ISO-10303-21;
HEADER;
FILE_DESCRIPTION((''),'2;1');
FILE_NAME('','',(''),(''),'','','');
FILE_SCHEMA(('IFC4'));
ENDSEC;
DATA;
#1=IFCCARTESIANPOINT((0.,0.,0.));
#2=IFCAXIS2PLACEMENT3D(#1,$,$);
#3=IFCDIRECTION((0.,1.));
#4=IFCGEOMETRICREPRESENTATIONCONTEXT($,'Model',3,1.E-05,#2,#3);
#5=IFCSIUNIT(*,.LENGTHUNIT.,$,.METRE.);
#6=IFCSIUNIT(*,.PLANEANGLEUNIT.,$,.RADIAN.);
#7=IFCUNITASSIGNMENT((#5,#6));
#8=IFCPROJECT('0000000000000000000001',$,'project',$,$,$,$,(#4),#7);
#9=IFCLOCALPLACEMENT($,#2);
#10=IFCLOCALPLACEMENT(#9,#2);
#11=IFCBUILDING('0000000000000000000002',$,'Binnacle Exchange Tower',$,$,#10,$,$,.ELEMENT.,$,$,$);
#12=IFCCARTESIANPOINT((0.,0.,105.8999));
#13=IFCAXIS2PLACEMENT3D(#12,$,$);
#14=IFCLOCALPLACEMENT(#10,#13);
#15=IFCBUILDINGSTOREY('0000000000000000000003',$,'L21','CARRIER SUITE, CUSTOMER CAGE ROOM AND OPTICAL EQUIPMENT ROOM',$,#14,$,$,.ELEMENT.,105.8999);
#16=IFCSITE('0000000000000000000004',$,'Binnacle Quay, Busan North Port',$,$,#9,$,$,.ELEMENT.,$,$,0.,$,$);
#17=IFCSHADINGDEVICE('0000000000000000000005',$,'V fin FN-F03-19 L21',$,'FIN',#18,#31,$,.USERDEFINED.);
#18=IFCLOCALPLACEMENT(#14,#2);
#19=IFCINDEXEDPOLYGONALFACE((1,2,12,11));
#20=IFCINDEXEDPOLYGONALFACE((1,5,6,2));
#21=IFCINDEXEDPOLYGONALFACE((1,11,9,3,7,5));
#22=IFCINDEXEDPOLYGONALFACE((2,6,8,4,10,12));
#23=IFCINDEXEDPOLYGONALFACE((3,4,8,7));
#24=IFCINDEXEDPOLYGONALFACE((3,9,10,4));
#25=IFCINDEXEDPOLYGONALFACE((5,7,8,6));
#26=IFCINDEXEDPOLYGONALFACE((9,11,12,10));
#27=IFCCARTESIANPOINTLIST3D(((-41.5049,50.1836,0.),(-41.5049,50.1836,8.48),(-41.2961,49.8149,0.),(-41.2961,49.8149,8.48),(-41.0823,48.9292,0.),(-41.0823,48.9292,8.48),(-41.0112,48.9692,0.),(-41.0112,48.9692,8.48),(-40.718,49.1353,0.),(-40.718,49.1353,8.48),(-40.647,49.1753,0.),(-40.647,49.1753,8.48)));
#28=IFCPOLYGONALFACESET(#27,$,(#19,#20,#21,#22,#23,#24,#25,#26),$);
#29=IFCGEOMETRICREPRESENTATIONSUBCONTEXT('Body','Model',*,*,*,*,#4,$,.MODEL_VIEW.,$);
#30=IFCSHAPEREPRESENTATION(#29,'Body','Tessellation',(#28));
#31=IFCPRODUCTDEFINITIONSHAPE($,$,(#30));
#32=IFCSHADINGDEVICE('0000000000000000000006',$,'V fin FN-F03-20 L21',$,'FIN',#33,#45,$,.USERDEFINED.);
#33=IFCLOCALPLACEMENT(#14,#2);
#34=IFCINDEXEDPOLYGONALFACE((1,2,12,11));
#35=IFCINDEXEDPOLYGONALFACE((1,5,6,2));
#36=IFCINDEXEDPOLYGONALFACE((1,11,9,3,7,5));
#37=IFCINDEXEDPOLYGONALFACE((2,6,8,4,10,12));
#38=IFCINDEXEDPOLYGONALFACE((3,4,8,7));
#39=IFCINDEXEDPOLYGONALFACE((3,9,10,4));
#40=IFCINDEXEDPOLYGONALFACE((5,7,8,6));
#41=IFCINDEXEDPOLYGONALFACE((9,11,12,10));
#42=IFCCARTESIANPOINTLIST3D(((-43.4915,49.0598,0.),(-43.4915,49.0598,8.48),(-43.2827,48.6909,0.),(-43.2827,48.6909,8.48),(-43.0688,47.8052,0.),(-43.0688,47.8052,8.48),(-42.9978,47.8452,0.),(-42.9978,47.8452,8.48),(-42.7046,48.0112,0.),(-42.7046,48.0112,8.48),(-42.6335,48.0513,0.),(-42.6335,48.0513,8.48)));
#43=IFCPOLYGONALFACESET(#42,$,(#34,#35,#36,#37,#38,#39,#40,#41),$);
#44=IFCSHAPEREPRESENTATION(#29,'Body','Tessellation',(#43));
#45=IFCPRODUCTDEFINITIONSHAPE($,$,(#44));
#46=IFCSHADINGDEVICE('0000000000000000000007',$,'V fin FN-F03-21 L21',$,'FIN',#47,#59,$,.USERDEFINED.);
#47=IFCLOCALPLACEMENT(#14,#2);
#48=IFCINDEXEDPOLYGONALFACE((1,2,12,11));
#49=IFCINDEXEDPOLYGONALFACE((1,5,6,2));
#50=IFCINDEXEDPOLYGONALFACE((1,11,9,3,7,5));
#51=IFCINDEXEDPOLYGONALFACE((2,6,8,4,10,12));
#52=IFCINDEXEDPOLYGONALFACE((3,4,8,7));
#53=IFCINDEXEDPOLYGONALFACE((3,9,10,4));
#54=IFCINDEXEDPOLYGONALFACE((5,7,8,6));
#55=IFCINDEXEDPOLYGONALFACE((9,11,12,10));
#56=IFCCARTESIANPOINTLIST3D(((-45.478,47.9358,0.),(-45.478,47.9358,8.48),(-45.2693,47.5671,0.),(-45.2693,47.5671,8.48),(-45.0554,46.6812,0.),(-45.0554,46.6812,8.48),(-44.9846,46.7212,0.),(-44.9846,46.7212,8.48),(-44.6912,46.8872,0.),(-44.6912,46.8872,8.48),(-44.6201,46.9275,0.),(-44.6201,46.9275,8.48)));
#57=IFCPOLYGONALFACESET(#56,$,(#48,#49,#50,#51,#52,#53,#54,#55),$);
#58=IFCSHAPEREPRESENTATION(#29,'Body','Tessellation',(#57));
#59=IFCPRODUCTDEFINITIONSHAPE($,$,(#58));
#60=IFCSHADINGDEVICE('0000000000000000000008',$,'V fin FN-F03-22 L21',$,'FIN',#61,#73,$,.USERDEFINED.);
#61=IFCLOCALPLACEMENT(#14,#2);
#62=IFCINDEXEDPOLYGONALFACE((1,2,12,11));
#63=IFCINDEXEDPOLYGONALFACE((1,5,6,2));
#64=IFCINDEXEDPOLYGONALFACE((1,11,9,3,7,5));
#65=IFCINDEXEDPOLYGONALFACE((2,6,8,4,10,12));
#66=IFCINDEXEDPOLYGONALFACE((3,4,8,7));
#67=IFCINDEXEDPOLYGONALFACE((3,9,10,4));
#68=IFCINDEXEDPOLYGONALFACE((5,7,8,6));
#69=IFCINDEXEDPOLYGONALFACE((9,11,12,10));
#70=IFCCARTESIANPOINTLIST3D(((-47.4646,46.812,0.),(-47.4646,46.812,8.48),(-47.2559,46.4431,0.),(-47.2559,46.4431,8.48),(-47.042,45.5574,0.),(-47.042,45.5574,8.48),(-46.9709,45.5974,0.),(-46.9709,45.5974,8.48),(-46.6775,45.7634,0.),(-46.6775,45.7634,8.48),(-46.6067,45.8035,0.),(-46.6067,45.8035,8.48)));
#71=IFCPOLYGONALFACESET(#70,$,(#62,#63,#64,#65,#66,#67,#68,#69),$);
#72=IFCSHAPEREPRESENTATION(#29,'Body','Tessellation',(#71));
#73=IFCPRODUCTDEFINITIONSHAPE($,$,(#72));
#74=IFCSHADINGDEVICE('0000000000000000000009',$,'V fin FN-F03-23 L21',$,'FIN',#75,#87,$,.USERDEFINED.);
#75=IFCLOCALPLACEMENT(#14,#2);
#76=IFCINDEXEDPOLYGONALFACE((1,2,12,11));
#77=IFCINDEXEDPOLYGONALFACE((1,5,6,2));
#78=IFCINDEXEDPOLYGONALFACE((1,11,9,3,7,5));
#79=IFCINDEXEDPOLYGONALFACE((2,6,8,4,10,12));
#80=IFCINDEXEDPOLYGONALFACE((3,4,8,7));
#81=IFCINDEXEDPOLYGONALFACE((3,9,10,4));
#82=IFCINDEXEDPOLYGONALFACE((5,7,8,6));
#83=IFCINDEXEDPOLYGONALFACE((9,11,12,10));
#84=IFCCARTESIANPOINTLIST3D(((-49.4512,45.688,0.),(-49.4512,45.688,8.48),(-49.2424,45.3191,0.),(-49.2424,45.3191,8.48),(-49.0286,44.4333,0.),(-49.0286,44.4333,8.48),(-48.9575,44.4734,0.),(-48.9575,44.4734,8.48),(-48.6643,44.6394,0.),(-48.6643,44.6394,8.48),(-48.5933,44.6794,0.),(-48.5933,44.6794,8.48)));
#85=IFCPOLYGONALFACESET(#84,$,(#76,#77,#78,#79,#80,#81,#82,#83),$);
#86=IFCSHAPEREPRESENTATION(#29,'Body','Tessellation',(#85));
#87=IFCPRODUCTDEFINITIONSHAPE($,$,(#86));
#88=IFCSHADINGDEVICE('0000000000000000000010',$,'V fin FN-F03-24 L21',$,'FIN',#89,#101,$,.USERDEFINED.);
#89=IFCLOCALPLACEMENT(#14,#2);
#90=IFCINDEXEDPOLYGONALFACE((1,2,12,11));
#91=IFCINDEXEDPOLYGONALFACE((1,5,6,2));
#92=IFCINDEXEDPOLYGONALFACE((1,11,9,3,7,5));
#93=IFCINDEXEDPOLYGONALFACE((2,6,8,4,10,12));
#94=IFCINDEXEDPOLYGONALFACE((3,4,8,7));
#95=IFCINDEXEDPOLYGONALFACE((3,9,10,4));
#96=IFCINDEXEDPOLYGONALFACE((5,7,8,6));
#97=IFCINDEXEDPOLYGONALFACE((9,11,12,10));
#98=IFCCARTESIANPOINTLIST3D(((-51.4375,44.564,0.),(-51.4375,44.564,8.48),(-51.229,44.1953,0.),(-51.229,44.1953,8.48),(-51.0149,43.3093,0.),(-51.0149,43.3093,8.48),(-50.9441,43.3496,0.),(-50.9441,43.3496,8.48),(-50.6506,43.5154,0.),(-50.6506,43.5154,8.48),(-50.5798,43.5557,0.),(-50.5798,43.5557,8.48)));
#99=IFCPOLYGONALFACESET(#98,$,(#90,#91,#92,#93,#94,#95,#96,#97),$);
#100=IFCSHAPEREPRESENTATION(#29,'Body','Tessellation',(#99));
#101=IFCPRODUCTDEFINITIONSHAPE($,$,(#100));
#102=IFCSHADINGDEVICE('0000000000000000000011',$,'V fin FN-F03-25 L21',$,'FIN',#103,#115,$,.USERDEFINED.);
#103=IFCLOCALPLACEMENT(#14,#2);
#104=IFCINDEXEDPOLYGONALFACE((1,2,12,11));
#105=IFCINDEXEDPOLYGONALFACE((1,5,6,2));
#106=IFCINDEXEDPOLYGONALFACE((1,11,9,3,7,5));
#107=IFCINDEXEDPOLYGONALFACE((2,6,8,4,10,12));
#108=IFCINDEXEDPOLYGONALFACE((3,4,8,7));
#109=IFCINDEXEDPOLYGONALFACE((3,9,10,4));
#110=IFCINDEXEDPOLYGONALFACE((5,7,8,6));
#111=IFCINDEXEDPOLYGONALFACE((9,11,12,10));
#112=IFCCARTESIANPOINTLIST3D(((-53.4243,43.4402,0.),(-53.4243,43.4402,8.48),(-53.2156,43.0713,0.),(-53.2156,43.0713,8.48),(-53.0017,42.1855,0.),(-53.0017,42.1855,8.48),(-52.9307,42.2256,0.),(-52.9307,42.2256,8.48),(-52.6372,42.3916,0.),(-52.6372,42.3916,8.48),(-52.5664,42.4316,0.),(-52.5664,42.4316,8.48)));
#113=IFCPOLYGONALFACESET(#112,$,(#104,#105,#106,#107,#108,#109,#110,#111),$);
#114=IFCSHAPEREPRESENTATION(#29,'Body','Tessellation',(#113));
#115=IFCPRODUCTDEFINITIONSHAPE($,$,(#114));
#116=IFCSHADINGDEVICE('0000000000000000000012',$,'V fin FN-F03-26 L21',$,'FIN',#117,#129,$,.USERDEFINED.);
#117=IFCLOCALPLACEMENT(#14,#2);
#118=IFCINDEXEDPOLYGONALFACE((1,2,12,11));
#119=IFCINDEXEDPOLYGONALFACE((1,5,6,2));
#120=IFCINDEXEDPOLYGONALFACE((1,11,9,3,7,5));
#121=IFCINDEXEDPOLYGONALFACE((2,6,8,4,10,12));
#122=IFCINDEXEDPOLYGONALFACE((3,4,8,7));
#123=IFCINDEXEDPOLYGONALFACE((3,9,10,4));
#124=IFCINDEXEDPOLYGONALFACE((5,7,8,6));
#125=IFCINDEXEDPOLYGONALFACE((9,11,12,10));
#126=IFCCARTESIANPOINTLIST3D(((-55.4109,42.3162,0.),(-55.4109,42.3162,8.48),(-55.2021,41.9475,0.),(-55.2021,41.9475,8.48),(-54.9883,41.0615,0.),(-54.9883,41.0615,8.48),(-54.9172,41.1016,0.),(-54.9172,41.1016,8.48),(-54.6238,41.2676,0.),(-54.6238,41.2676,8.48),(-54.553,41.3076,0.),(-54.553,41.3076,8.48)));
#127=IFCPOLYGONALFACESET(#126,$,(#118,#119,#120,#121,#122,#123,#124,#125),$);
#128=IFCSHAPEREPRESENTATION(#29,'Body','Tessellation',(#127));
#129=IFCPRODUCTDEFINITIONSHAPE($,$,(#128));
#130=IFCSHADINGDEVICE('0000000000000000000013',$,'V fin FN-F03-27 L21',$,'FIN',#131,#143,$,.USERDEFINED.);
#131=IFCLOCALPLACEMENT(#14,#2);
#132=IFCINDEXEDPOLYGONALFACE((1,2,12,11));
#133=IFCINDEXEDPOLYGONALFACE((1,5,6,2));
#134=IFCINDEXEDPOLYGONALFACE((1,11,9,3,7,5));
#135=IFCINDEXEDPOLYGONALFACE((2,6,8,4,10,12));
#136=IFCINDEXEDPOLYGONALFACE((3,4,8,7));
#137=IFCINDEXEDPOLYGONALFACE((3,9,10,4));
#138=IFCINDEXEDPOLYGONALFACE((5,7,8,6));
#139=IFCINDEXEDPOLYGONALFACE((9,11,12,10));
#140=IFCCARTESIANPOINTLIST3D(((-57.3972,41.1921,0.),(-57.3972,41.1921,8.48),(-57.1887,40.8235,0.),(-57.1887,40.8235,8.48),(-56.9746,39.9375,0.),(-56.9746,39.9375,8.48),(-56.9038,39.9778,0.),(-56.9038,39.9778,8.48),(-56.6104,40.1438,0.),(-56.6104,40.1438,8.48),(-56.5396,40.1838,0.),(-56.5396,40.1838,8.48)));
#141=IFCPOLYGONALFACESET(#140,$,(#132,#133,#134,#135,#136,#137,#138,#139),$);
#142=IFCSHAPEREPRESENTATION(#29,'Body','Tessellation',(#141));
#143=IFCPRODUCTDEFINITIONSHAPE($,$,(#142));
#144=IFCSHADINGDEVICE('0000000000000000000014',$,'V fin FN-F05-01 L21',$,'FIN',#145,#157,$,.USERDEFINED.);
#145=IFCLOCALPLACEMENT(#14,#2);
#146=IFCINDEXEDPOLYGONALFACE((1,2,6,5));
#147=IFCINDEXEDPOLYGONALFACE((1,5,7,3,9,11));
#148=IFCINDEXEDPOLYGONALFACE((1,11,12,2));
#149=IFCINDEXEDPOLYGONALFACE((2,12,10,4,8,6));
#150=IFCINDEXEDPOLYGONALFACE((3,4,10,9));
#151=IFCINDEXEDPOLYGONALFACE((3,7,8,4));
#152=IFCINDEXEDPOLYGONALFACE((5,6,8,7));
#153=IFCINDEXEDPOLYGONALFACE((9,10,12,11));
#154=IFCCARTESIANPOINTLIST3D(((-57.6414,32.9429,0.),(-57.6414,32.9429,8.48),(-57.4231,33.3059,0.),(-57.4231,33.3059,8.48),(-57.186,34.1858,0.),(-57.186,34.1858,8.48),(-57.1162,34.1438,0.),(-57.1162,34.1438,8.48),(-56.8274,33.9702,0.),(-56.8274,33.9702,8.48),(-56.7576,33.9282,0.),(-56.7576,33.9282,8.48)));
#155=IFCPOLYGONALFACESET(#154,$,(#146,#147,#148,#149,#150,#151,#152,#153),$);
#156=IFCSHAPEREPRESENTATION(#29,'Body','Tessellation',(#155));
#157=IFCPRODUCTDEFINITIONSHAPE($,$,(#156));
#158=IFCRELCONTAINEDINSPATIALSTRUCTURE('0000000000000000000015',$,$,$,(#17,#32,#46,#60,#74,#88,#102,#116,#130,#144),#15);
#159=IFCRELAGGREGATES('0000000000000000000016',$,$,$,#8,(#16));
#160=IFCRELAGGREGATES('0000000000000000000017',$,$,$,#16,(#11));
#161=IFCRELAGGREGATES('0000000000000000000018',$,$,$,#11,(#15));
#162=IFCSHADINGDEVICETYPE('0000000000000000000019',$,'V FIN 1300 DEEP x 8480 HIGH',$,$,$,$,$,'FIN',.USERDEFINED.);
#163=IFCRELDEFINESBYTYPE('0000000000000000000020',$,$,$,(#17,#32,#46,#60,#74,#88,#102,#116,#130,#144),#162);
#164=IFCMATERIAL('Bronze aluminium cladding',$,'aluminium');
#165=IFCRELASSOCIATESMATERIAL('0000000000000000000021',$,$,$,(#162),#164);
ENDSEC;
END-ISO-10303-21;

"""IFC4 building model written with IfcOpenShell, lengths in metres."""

from ifc_helpers import new_model, si_unit, direction, frame, origin, place, context, subcontext, project, spatial, polyline, outline, extrude, material, type_object, element, save


model = new_model("IFC4")

# Units and contexts
model_context = context("Model", 3, precision=1e-05, world=origin(), true_north=direction((0.0, 1.0)))
body_context = subcontext(model_context, "Body", "Model", "MODEL_VIEW")
ifc_project = project(units=[si_unit("LENGTHUNIT", "METRE"), si_unit("PLANEANGLEUNIT", "RADIAN")], contexts=[model_context])

# Site, building, storey
site_placement = place(None, origin())
site = spatial("IfcSite", under=ifc_project, at=site_placement, Name="Binnacle Quay, Busan North Port", CompositionType="ELEMENT", RefElevation=0.0)
building_placement = place(site_placement, origin())
building = spatial("IfcBuilding", under=site, at=building_placement, Name="Binnacle Exchange Tower", CompositionType="ELEMENT")
storey_placement = place(building_placement, frame((0.0, 0.0, 105.8999)))
storey = spatial("IfcBuildingStorey", under=building, at=storey_placement, Name="L21", Description="CARRIER SUITE, CUSTOMER CAGE ROOM AND OPTICAL EQUIPMENT ROOM", CompositionType="ELEMENT", Elevation=105.8999)

# Shading devices
ifc_material = material(Name="Bronze aluminium cladding", Category="aluminium")
shading_device_type = type_object("IfcShadingDeviceType", Name="V FIN 1300 DEEP x 8480 HIGH", ElementType="FIN", PredefinedType="USERDEFINED", material=ifc_material)
shading_device_1_placement = place(storey_placement, origin())
element("IfcShadingDevice", 1, at=shading_device_1_placement, inside=storey, type_object=shading_device_type, Name="V fin FN-F03-19 L21", ObjectType="FIN", PredefinedType="USERDEFINED", context=body_context, shape_type="SweptSolid", body=[
    extrude(outline(polyline([(-40.647, 49.1753), (-41.5049, 50.1836), (-41.0823, 48.9292), (-41.0112, 48.9692), (-41.2961, 49.8149), (-40.718, 49.1353), (-40.647, 49.1753)])), origin(), (0.0, 0.0, 1.0), 8.48),
])
shading_device_2_placement = place(storey_placement, origin())
element("IfcShadingDevice", 2, at=shading_device_2_placement, inside=storey, type_object=shading_device_type, Name="V fin FN-F03-20 L21", ObjectType="FIN", PredefinedType="USERDEFINED", context=body_context, shape_type="SweptSolid", body=[
    extrude(outline(polyline([(-42.6335, 48.0513), (-43.4915, 49.0598), (-43.0688, 47.8052), (-42.9978, 47.8452), (-43.2827, 48.6909), (-42.7046, 48.0112), (-42.6335, 48.0513)])), origin(), (0.0, 0.0, 1.0), 8.48),
])
shading_device_3_placement = place(storey_placement, origin())
element("IfcShadingDevice", 3, at=shading_device_3_placement, inside=storey, type_object=shading_device_type, Name="V fin FN-F03-21 L21", ObjectType="FIN", PredefinedType="USERDEFINED", context=body_context, shape_type="SweptSolid", body=[
    extrude(outline(polyline([(-44.6201, 46.9275), (-45.478, 47.9358), (-45.0554, 46.6812), (-44.9846, 46.7212), (-45.2693, 47.5671), (-44.6912, 46.8872), (-44.6201, 46.9275)])), origin(), (0.0, 0.0, 1.0), 8.48),
])
shading_device_4_placement = place(storey_placement, origin())
element("IfcShadingDevice", 4, at=shading_device_4_placement, inside=storey, type_object=shading_device_type, Name="V fin FN-F03-22 L21", ObjectType="FIN", PredefinedType="USERDEFINED", context=body_context, shape_type="SweptSolid", body=[
    extrude(outline(polyline([(-46.6067, 45.8035), (-47.4646, 46.812), (-47.042, 45.5574), (-46.9709, 45.5974), (-47.2559, 46.4431), (-46.6775, 45.7634), (-46.6067, 45.8035)])), origin(), (0.0, 0.0, 1.0), 8.48),
])
shading_device_5_placement = place(storey_placement, origin())
element("IfcShadingDevice", 5, at=shading_device_5_placement, inside=storey, type_object=shading_device_type, Name="V fin FN-F03-23 L21", ObjectType="FIN", PredefinedType="USERDEFINED", context=body_context, shape_type="SweptSolid", body=[
    extrude(outline(polyline([(-48.5933, 44.6794), (-49.4512, 45.688), (-49.0286, 44.4333), (-48.9575, 44.4734), (-49.2424, 45.3191), (-48.6643, 44.6394), (-48.5933, 44.6794)])), origin(), (0.0, 0.0, 1.0), 8.48),
])
shading_device_6_placement = place(storey_placement, origin())
element("IfcShadingDevice", 6, at=shading_device_6_placement, inside=storey, type_object=shading_device_type, Name="V fin FN-F03-24 L21", ObjectType="FIN", PredefinedType="USERDEFINED", context=body_context, shape_type="SweptSolid", body=[
    extrude(outline(polyline([(-50.5798, 43.5557), (-51.4375, 44.564), (-51.0149, 43.3093), (-50.9441, 43.3496), (-51.229, 44.1953), (-50.6506, 43.5154), (-50.5798, 43.5557)])), origin(), (0.0, 0.0, 1.0), 8.48),
])
shading_device_7_placement = place(storey_placement, origin())
element("IfcShadingDevice", 7, at=shading_device_7_placement, inside=storey, type_object=shading_device_type, Name="V fin FN-F03-25 L21", ObjectType="FIN", PredefinedType="USERDEFINED", context=body_context, shape_type="SweptSolid", body=[
    extrude(outline(polyline([(-52.5664, 42.4316), (-53.4243, 43.4402), (-53.0017, 42.1855), (-52.9307, 42.2256), (-53.2156, 43.0713), (-52.6372, 42.3916), (-52.5664, 42.4316)])), origin(), (0.0, 0.0, 1.0), 8.48),
])
shading_device_8_placement = place(storey_placement, origin())
element("IfcShadingDevice", 8, at=shading_device_8_placement, inside=storey, type_object=shading_device_type, Name="V fin FN-F03-26 L21", ObjectType="FIN", PredefinedType="USERDEFINED", context=body_context, shape_type="SweptSolid", body=[
    extrude(outline(polyline([(-54.553, 41.3076), (-55.4109, 42.3162), (-54.9883, 41.0615), (-54.9172, 41.1016), (-55.2021, 41.9475), (-54.6238, 41.2676), (-54.553, 41.3076)])), origin(), (0.0, 0.0, 1.0), 8.48),
])
shading_device_9_placement = place(storey_placement, origin())
element("IfcShadingDevice", 9, at=shading_device_9_placement, inside=storey, type_object=shading_device_type, Name="V fin FN-F03-27 L21", ObjectType="FIN", PredefinedType="USERDEFINED", context=body_context, shape_type="SweptSolid", body=[
    extrude(outline(polyline([(-56.5396, 40.1838), (-57.3972, 41.1921), (-56.9746, 39.9375), (-56.9038, 39.9778), (-57.1887, 40.8235), (-56.6104, 40.1438), (-56.5396, 40.1838)])), origin(), (0.0, 0.0, 1.0), 8.48),
])
shading_device_10_placement = place(storey_placement, origin())
element("IfcShadingDevice", 10, at=shading_device_10_placement, inside=storey, type_object=shading_device_type, Name="V fin FN-F05-01 L21", ObjectType="FIN", PredefinedType="USERDEFINED", context=body_context, shape_type="SweptSolid", body=[
    extrude(outline(polyline([(-57.186, 34.1858), (-57.6414, 32.9429), (-56.7576, 33.9282), (-56.8274, 33.9702), (-57.4231, 33.3059), (-57.1162, 34.1438), (-57.186, 34.1858)])), origin(), (0.0, 0.0, 1.0), 8.48),
])

save(model, "model.ifc")
